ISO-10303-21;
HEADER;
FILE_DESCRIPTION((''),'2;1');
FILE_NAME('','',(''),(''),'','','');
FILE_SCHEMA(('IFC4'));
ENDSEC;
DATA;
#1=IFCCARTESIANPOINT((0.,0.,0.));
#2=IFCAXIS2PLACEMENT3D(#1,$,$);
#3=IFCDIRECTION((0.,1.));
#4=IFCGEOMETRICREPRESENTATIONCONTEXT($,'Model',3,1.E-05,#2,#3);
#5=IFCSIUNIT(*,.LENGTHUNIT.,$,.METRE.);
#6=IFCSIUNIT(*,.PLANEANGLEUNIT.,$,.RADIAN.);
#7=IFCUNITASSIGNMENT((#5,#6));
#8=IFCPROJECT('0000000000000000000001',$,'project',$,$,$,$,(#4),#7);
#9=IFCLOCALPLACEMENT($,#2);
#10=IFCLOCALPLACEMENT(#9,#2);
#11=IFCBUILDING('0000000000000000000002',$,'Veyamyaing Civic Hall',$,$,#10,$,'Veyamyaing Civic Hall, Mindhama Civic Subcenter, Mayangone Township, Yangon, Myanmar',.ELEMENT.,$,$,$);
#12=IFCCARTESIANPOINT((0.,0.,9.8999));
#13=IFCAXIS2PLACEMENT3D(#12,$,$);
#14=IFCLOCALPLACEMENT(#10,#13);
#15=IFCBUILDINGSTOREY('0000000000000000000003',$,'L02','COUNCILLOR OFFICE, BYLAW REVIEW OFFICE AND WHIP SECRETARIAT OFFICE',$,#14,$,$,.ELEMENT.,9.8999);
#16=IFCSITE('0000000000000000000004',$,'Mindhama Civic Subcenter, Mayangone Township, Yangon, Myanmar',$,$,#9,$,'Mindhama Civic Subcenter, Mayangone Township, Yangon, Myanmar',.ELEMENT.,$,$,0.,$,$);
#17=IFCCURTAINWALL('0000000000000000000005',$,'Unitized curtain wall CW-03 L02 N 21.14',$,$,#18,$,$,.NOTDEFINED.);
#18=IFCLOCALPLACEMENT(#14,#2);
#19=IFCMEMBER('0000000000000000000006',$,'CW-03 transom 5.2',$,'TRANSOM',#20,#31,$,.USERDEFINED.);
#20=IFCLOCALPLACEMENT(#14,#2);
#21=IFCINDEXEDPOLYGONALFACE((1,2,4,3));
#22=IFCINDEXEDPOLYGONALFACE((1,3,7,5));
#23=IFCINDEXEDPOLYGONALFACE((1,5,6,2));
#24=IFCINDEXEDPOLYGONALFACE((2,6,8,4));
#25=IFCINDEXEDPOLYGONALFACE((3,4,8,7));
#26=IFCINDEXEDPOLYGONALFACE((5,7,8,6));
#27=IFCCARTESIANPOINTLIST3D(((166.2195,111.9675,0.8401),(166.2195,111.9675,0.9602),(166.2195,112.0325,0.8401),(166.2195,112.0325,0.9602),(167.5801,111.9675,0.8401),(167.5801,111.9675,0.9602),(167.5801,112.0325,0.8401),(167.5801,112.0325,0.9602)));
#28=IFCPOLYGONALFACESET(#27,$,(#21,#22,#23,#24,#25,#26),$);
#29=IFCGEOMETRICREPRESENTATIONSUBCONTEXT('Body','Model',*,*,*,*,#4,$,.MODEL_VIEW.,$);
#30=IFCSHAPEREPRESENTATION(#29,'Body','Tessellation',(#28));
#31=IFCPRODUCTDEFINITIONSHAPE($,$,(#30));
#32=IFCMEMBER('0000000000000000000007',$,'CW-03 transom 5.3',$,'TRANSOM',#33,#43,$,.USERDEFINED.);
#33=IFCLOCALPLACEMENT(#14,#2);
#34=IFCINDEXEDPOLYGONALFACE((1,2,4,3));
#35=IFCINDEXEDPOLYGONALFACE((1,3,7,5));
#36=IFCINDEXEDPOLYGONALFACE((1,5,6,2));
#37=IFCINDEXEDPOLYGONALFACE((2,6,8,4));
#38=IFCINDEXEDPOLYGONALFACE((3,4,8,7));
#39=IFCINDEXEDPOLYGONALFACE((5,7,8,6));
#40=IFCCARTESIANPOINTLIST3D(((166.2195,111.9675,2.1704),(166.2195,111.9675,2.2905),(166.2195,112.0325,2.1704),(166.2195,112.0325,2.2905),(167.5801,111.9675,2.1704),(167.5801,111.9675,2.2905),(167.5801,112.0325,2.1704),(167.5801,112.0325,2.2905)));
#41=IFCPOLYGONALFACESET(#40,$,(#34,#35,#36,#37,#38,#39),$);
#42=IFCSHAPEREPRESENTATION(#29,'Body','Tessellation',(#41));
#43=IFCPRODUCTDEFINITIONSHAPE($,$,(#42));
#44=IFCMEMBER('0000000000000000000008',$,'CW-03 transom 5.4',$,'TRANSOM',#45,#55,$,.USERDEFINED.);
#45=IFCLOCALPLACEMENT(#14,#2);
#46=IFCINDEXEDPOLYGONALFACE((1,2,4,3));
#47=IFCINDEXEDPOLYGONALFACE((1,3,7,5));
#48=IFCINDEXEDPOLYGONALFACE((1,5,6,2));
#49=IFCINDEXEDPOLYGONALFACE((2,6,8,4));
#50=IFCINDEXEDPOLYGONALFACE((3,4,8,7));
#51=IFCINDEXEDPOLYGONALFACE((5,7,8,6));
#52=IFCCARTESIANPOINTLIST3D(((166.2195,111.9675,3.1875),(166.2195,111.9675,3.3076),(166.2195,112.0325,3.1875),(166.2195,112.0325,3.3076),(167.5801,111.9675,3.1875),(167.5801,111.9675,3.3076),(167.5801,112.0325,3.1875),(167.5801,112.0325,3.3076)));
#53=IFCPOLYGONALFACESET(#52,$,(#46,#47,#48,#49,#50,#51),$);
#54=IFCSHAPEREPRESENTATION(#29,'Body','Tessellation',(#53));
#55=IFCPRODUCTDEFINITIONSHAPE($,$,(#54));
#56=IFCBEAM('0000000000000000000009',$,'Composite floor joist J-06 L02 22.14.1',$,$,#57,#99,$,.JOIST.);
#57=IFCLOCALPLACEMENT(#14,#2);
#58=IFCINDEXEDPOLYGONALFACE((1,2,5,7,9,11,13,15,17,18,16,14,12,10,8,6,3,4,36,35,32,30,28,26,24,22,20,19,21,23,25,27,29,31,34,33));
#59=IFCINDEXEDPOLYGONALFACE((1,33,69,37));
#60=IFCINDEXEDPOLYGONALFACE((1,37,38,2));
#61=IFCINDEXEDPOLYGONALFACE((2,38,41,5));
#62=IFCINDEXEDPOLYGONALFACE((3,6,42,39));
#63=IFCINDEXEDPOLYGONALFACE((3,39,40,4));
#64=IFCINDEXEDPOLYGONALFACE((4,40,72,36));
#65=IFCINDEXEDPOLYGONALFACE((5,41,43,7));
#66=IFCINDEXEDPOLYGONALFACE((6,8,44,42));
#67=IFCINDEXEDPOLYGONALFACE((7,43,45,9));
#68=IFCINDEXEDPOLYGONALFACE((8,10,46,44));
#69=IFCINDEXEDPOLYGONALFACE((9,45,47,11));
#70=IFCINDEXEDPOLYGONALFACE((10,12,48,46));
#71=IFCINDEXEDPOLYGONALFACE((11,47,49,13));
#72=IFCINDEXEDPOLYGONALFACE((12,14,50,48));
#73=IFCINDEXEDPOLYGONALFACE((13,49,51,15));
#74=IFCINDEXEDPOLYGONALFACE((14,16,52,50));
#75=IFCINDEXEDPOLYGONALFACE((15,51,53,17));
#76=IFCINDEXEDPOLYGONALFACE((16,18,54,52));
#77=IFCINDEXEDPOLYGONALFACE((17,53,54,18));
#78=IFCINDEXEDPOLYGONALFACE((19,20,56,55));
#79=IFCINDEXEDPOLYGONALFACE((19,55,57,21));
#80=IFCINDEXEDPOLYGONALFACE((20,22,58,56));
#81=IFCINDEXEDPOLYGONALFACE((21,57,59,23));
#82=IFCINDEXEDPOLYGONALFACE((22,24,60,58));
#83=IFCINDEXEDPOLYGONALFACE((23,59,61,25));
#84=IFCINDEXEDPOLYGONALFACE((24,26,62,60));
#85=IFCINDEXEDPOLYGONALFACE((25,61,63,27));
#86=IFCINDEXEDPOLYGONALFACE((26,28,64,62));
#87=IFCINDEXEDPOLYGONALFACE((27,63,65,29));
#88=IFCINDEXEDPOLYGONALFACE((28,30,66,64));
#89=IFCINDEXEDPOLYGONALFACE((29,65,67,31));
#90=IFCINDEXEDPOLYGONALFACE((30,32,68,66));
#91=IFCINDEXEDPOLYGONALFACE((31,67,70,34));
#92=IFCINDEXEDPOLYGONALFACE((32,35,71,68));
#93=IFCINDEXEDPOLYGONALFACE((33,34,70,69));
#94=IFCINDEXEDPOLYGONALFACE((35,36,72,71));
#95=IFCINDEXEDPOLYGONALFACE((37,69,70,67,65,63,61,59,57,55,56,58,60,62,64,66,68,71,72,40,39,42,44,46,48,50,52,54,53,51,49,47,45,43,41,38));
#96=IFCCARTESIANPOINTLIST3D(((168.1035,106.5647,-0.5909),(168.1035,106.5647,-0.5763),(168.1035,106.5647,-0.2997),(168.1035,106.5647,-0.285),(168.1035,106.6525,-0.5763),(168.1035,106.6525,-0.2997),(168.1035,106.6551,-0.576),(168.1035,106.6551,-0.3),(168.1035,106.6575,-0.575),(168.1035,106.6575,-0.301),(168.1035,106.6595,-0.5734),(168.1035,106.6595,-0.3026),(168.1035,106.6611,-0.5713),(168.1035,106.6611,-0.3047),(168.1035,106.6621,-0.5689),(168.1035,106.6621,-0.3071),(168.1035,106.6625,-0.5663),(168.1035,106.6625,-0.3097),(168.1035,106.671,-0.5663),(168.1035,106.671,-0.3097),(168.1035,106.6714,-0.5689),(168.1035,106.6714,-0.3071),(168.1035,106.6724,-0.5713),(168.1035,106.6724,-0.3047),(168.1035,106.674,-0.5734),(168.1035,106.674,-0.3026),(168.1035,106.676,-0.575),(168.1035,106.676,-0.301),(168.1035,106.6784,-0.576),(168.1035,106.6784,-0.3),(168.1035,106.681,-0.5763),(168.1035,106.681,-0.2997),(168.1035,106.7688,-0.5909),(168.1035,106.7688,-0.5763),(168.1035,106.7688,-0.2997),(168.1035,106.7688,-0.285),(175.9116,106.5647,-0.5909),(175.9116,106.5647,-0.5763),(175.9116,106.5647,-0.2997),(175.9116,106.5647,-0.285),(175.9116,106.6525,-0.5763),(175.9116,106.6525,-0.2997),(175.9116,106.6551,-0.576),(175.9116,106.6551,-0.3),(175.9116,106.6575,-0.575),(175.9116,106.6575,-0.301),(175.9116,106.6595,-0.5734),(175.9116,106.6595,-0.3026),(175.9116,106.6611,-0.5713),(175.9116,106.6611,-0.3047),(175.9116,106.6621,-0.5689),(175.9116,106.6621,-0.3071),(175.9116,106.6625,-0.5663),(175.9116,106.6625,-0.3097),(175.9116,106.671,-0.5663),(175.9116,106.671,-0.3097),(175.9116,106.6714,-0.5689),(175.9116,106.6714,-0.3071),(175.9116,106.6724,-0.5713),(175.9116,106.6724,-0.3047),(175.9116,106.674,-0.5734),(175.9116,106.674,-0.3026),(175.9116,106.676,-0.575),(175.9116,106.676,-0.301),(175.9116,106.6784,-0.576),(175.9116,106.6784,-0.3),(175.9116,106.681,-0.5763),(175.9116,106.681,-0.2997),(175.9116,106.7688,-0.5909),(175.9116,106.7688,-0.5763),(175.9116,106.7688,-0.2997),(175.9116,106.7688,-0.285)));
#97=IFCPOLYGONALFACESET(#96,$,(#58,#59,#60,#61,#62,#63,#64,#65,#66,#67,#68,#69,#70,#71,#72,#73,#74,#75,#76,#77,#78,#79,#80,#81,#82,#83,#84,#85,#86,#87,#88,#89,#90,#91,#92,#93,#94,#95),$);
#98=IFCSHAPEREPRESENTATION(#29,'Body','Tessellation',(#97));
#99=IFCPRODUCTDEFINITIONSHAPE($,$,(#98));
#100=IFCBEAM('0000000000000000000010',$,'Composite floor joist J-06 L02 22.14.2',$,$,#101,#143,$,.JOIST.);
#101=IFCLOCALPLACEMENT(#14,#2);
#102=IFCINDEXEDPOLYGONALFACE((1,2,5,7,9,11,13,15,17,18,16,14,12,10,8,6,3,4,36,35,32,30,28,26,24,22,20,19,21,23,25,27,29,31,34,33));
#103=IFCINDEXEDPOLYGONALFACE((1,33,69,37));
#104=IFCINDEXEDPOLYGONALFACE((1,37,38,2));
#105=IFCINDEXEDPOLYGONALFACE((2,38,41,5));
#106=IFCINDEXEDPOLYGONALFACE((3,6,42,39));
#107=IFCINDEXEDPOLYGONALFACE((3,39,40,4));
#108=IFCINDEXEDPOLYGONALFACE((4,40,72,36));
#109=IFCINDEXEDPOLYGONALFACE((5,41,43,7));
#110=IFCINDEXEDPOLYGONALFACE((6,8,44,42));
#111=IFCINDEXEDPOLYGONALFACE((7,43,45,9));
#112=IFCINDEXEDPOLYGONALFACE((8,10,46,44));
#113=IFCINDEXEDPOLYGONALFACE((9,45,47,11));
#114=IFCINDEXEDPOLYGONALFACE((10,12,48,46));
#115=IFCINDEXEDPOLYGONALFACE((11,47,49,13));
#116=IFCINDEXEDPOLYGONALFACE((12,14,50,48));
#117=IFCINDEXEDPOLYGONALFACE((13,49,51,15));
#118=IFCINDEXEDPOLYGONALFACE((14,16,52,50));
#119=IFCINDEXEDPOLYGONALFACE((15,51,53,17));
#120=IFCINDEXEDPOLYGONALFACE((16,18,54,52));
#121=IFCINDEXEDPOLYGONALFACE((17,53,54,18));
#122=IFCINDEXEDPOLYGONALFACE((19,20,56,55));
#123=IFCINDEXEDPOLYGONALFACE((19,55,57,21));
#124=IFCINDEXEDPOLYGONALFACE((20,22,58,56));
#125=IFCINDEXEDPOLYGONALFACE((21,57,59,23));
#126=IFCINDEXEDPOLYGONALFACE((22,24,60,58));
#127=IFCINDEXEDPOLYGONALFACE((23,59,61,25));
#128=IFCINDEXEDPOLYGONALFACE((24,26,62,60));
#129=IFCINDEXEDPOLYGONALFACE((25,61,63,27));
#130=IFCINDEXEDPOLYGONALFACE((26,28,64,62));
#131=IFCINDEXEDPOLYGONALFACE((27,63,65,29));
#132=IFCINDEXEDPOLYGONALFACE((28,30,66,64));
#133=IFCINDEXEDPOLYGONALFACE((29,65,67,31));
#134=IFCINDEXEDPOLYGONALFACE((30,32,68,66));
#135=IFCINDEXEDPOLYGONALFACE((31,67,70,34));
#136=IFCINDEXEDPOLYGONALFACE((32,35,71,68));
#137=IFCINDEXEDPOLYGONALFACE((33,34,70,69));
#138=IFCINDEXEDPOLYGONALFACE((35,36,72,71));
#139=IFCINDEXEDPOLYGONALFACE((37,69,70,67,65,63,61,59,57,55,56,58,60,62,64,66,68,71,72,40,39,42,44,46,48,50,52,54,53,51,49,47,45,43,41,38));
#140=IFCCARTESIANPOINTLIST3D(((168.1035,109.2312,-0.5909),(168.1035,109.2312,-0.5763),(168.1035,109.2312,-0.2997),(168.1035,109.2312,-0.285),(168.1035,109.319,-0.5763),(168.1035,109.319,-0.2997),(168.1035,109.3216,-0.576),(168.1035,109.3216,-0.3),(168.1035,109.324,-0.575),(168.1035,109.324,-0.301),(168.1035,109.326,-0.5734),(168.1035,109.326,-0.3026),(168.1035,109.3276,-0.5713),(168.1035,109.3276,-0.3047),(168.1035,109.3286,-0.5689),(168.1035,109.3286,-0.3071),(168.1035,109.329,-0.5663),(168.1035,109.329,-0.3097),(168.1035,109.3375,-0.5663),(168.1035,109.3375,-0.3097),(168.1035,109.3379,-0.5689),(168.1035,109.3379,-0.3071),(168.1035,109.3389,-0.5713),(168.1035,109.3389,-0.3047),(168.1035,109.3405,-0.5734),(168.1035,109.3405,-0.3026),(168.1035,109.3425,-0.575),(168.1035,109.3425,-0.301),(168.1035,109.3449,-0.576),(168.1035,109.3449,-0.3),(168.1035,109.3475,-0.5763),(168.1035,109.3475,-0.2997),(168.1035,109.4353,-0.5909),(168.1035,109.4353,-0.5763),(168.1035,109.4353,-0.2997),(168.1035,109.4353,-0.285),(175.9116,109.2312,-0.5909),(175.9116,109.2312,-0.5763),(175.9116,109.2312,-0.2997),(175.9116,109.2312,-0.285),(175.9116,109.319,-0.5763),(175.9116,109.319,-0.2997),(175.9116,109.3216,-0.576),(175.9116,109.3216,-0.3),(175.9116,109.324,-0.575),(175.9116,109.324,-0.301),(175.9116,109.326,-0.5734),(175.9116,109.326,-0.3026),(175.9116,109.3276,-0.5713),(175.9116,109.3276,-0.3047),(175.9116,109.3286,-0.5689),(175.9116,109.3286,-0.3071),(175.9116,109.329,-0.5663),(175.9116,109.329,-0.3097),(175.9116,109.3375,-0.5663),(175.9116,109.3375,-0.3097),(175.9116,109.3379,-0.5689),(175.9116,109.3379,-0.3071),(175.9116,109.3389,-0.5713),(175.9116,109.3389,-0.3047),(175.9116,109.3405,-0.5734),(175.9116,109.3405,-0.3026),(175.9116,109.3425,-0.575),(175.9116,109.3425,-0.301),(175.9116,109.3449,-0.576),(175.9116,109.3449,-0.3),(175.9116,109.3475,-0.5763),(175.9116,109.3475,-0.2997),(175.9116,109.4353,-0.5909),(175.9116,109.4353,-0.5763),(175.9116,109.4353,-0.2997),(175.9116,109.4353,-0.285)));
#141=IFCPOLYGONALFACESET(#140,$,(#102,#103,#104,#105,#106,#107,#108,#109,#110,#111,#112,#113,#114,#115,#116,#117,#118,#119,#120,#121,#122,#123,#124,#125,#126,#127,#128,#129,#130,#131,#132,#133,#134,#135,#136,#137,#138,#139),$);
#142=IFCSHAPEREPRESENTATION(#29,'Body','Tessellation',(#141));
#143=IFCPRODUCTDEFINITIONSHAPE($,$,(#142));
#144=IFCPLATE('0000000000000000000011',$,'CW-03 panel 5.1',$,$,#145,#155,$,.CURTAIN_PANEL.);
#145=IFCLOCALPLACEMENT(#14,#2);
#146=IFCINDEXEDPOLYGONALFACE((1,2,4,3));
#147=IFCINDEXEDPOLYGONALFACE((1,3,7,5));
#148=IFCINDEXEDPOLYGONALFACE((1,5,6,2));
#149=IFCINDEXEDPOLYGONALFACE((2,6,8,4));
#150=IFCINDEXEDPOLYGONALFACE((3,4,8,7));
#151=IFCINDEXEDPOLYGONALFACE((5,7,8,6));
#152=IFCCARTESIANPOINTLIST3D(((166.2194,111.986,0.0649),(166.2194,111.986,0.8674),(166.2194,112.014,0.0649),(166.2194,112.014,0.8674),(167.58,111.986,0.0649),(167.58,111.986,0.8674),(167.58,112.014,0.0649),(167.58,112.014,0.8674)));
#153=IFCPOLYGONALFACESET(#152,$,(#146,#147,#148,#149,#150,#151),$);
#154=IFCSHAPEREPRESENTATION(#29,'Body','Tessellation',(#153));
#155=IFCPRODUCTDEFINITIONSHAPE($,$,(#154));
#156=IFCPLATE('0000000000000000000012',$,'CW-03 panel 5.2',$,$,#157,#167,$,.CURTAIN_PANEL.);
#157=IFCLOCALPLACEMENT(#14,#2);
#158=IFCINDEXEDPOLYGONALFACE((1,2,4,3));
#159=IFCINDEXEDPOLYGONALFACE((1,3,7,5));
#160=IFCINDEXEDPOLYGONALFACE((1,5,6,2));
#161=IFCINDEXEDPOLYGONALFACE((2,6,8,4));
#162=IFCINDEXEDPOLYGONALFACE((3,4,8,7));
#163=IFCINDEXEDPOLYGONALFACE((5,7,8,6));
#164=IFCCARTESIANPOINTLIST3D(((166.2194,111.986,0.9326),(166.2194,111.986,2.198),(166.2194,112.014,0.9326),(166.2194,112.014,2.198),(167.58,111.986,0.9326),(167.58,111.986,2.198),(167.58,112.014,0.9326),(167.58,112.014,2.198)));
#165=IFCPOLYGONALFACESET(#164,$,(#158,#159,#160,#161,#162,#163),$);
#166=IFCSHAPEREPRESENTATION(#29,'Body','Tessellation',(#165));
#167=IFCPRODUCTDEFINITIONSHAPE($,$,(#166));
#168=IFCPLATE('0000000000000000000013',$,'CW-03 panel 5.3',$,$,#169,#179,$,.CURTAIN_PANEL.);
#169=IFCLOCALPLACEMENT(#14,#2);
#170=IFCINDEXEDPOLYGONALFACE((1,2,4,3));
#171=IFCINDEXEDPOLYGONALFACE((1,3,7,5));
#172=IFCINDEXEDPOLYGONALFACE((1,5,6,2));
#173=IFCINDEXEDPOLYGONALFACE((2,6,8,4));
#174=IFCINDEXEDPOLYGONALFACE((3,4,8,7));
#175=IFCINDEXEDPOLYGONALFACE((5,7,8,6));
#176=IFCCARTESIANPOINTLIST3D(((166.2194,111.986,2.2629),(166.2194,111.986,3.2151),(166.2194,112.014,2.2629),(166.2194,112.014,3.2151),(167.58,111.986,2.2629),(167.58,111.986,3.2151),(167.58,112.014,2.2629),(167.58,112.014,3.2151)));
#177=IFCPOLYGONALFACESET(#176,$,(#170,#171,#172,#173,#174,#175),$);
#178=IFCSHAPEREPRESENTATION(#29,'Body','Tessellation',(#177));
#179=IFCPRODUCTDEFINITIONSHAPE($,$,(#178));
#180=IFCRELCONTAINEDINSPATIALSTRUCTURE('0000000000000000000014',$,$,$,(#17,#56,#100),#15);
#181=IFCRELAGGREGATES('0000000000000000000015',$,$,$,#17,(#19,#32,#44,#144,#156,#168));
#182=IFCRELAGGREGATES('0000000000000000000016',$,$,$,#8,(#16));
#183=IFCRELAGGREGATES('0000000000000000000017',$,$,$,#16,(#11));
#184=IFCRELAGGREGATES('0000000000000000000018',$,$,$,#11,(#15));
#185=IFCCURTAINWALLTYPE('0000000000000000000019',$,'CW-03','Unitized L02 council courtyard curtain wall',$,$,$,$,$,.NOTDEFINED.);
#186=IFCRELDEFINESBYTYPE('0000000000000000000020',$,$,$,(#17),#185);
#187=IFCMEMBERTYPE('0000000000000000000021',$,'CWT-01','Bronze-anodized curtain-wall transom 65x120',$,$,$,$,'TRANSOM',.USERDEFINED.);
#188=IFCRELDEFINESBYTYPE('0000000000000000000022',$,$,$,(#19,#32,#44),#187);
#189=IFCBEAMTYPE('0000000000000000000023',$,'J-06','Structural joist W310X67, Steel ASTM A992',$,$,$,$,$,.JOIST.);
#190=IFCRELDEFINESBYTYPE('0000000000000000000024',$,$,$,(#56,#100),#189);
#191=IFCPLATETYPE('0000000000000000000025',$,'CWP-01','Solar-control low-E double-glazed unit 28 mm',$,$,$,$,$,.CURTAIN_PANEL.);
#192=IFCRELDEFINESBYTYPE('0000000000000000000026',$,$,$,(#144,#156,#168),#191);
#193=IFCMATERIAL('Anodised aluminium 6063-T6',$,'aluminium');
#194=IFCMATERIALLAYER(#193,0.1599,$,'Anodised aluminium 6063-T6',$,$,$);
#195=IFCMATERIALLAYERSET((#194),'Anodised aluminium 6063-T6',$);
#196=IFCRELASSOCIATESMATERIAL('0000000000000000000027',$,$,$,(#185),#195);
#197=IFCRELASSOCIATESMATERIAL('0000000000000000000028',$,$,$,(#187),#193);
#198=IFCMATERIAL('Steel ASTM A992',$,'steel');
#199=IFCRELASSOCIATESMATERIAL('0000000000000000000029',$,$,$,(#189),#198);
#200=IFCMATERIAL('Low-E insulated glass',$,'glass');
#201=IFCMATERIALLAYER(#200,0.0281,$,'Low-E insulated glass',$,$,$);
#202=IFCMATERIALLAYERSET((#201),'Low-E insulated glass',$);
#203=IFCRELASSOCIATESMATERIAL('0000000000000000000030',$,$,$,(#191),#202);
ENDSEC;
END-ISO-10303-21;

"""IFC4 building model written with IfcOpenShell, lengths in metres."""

from ifc_helpers import new_model, si_unit, direction, frame, origin, origin_2d, place, context, subcontext, project, spatial, rectangle, i_section, extrude, material, layer, layer_set, material_profile, profile_set, type_object, element, aggregate, save


model = new_model("IFC4")

# Units and contexts
model_context = context("Model", 3, precision=1e-05, world=origin(), true_north=direction((0.0, 1.0)))
body_context = subcontext(model_context, "Body", "Model", "MODEL_VIEW")
ifc_project = project(units=[si_unit("LENGTHUNIT", "METRE"), si_unit("PLANEANGLEUNIT", "RADIAN")], contexts=[model_context])

# Site, building, storey
site_placement = place(None, origin())
site = spatial("IfcSite", under=ifc_project, at=site_placement, Name="Mindhama Civic Subcenter, Mayangone Township, Yangon, Myanmar", LongName="Mindhama Civic Subcenter, Mayangone Township, Yangon, Myanmar", CompositionType="ELEMENT", RefElevation=0.0)
building_placement = place(site_placement, origin())
building = spatial("IfcBuilding", under=site, at=building_placement, Name="Veyamyaing Civic Hall", LongName="Veyamyaing Civic Hall, Mindhama Civic Subcenter, Mayangone Township, Yangon, Myanmar", CompositionType="ELEMENT")
storey_placement = place(building_placement, frame((0.0, 0.0, 9.8999)))
storey = spatial("IfcBuildingStorey", under=building, at=storey_placement, Name="L02", Description="COUNCILLOR OFFICE, BYLAW REVIEW OFFICE AND WHIP SECRETARIAT OFFICE", CompositionType="ELEMENT", Elevation=9.8999)

# Shared definitions
ifc_material_1 = material(Name="Steel ASTM A992", Category="steel")

# Curtain wall, members
ifc_material_2 = material(Name="Anodised aluminium 6063-T6", Category="aluminium")
ifc_layer_1 = layer(ifc_material_2, 0.1599, Name="Anodised aluminium 6063-T6")
ifc_layer_set_1 = layer_set([ifc_layer_1], Name="Anodised aluminium 6063-T6")
curtain_wall_type = type_object("IfcCurtainWallType", Name="CW-03", Description="Unitized L02 council courtyard curtain wall", PredefinedType="NOTDEFINED", material=ifc_layer_set_1)
curtain_wall_placement = place(storey_placement, origin())
curtain_wall = element("IfcCurtainWall", 1, at=curtain_wall_placement, inside=storey, type_object=curtain_wall_type, Name="Unitized curtain wall CW-03 L02 N 21.14", PredefinedType="NOTDEFINED")
ifc_material_profile_1 = material_profile(ifc_material_2, rectangle(XDim=0.0649, YDim=0.1201, at=origin_2d()), Name="ALU-TRN-65X120")
ifc_profile_set_1 = profile_set([ifc_material_profile_1], Name="Anodised aluminium 6063-T6")
member_type_1 = type_object("IfcMemberType", Name="CWT-01", Description="Bronze-anodized curtain-wall transom 65x120", ElementType="TRANSOM", PredefinedType="USERDEFINED", material=ifc_profile_set_1)
member_1_placement = place(storey_placement, frame((166.2195, 112.0, 0.9001), z_axis=(1.0, 0.0, 0.0), x_axis=(0.0, 1.0, 0.0)))
member_1 = element("IfcMember", 2, at=member_1_placement, type_object=member_type_1, Name="CW-03 transom 5.2", ObjectType="TRANSOM", PredefinedType="USERDEFINED", context=body_context, shape_type="SweptSolid", body=[
    extrude(rectangle(XDim=0.0649, YDim=0.1201, at=origin_2d()), origin(), (0.0, 0.0, 1.0), 1.3606),
])
member_2_placement = place(storey_placement, frame((166.2195, 112.0, 2.2305), z_axis=(1.0, 0.0, 0.0), x_axis=(0.0, 1.0, 0.0)))
member_2 = element("IfcMember", 3, at=member_2_placement, type_object=member_type_1, Name="CW-03 transom 5.3", ObjectType="TRANSOM", PredefinedType="USERDEFINED", context=body_context, shape_type="SweptSolid", body=[
    extrude(rectangle(XDim=0.0649, YDim=0.1201, at=origin_2d()), origin(), (0.0, 0.0, 1.0), 1.3606),
])
member_3_placement = place(storey_placement, frame((166.2195, 112.0, 3.2476), z_axis=(1.0, 0.0, 0.0), x_axis=(0.0, 1.0, 0.0)))
member_3 = element("IfcMember", 4, at=member_3_placement, type_object=member_type_1, Name="CW-03 transom 5.4", ObjectType="TRANSOM", PredefinedType="USERDEFINED", context=body_context, shape_type="SweptSolid", body=[
    extrude(rectangle(XDim=0.0649, YDim=0.1201, at=origin_2d()), origin(), (0.0, 0.0, 1.0), 1.3606),
])

# Beams
ifc_material_profile_2 = material_profile(ifc_material_1, i_section(OverallWidth=0.2041, OverallDepth=0.3059, WebThickness=0.0085, FlangeThickness=0.0146, FilletRadius=0.01, at=origin_2d()), Name="W310X67")
ifc_profile_set_2 = profile_set([ifc_material_profile_2], Name="Steel ASTM A992")
beam_type_1 = type_object("IfcBeamType", Name="J-06", Description="Structural joist W310X67, Steel ASTM A992", PredefinedType="JOIST", material=ifc_profile_set_2)
for number, where, z_axis, x_axis, name in (
    (5, (168.1035, 106.6667, -0.438), (1.0, 0.0, 0.0), (0.0, 1.0, 0.0), "Composite floor joist J-06 L02 22.14.1"),
    (6, (168.1035, 109.3333, -0.438), (1.0, 0.0, 0.0), (0.0, 1.0, 0.0), "Composite floor joist J-06 L02 22.14.2"),
):
    element("IfcBeam", number, at=place(storey_placement, frame(where, z_axis=z_axis, x_axis=x_axis)), inside=storey, type_object=beam_type_1, Name=name, PredefinedType="JOIST", context=body_context, shape_type="SweptSolid", body=[
        extrude(i_section(OverallWidth=0.2041, OverallDepth=0.3059, WebThickness=0.0085, FlangeThickness=0.0146, FilletRadius=0.01, at=origin_2d()), origin(), (0.0, 0.0, 1.0), 7.8081),
    ])

# Plates
ifc_material_3 = material(Name="Low-E insulated glass", Category="glass")
ifc_layer_2 = layer(ifc_material_3, 0.0281, Name="Low-E insulated glass")
ifc_layer_set_2 = layer_set([ifc_layer_2], Name="Low-E insulated glass")
plate_type = type_object("IfcPlateType", Name="CWP-01", Description="Solar-control low-E double-glazed unit 28 mm", PredefinedType="CURTAIN_PANEL", material=ifc_layer_set_2)
plate_1_placement = place(storey_placement, frame((166.8997, 112.0, 0.0649), z_axis=(0.0, 0.0, 1.0), x_axis=(1.0, 0.0, 0.0)))
plate_1 = element("IfcPlate", 7, at=plate_1_placement, type_object=plate_type, Name="CW-03 panel 5.1", PredefinedType="CURTAIN_PANEL", context=body_context, shape_type="SweptSolid", body=[
    extrude(rectangle(XDim=1.3606, YDim=0.0281, at=origin_2d()), origin(), (0.0, 0.0, 1.0), 0.8025),
])
plate_2_placement = place(storey_placement, frame((166.8997, 112.0, 0.9326), z_axis=(0.0, 0.0, 1.0), x_axis=(1.0, 0.0, 0.0)))
plate_2 = element("IfcPlate", 8, at=plate_2_placement, type_object=plate_type, Name="CW-03 panel 5.2", PredefinedType="CURTAIN_PANEL", context=body_context, shape_type="SweptSolid", body=[
    extrude(rectangle(XDim=1.3606, YDim=0.0281, at=origin_2d()), origin(), (0.0, 0.0, 1.0), 1.2654),
])
plate_3_placement = place(storey_placement, frame((166.8997, 112.0, 2.2629), z_axis=(0.0, 0.0, 1.0), x_axis=(1.0, 0.0, 0.0)))
plate_3 = element("IfcPlate", 9, at=plate_3_placement, type_object=plate_type, Name="CW-03 panel 5.3", PredefinedType="CURTAIN_PANEL", context=body_context, shape_type="SweptSolid", body=[
    extrude(rectangle(XDim=1.3606, YDim=0.0281, at=origin_2d()), origin(), (0.0, 0.0, 1.0), 0.9521),
])
aggregate(curtain_wall, [member_1, member_2, member_3, plate_1, plate_2, plate_3])

save(model, "model.ifc")
